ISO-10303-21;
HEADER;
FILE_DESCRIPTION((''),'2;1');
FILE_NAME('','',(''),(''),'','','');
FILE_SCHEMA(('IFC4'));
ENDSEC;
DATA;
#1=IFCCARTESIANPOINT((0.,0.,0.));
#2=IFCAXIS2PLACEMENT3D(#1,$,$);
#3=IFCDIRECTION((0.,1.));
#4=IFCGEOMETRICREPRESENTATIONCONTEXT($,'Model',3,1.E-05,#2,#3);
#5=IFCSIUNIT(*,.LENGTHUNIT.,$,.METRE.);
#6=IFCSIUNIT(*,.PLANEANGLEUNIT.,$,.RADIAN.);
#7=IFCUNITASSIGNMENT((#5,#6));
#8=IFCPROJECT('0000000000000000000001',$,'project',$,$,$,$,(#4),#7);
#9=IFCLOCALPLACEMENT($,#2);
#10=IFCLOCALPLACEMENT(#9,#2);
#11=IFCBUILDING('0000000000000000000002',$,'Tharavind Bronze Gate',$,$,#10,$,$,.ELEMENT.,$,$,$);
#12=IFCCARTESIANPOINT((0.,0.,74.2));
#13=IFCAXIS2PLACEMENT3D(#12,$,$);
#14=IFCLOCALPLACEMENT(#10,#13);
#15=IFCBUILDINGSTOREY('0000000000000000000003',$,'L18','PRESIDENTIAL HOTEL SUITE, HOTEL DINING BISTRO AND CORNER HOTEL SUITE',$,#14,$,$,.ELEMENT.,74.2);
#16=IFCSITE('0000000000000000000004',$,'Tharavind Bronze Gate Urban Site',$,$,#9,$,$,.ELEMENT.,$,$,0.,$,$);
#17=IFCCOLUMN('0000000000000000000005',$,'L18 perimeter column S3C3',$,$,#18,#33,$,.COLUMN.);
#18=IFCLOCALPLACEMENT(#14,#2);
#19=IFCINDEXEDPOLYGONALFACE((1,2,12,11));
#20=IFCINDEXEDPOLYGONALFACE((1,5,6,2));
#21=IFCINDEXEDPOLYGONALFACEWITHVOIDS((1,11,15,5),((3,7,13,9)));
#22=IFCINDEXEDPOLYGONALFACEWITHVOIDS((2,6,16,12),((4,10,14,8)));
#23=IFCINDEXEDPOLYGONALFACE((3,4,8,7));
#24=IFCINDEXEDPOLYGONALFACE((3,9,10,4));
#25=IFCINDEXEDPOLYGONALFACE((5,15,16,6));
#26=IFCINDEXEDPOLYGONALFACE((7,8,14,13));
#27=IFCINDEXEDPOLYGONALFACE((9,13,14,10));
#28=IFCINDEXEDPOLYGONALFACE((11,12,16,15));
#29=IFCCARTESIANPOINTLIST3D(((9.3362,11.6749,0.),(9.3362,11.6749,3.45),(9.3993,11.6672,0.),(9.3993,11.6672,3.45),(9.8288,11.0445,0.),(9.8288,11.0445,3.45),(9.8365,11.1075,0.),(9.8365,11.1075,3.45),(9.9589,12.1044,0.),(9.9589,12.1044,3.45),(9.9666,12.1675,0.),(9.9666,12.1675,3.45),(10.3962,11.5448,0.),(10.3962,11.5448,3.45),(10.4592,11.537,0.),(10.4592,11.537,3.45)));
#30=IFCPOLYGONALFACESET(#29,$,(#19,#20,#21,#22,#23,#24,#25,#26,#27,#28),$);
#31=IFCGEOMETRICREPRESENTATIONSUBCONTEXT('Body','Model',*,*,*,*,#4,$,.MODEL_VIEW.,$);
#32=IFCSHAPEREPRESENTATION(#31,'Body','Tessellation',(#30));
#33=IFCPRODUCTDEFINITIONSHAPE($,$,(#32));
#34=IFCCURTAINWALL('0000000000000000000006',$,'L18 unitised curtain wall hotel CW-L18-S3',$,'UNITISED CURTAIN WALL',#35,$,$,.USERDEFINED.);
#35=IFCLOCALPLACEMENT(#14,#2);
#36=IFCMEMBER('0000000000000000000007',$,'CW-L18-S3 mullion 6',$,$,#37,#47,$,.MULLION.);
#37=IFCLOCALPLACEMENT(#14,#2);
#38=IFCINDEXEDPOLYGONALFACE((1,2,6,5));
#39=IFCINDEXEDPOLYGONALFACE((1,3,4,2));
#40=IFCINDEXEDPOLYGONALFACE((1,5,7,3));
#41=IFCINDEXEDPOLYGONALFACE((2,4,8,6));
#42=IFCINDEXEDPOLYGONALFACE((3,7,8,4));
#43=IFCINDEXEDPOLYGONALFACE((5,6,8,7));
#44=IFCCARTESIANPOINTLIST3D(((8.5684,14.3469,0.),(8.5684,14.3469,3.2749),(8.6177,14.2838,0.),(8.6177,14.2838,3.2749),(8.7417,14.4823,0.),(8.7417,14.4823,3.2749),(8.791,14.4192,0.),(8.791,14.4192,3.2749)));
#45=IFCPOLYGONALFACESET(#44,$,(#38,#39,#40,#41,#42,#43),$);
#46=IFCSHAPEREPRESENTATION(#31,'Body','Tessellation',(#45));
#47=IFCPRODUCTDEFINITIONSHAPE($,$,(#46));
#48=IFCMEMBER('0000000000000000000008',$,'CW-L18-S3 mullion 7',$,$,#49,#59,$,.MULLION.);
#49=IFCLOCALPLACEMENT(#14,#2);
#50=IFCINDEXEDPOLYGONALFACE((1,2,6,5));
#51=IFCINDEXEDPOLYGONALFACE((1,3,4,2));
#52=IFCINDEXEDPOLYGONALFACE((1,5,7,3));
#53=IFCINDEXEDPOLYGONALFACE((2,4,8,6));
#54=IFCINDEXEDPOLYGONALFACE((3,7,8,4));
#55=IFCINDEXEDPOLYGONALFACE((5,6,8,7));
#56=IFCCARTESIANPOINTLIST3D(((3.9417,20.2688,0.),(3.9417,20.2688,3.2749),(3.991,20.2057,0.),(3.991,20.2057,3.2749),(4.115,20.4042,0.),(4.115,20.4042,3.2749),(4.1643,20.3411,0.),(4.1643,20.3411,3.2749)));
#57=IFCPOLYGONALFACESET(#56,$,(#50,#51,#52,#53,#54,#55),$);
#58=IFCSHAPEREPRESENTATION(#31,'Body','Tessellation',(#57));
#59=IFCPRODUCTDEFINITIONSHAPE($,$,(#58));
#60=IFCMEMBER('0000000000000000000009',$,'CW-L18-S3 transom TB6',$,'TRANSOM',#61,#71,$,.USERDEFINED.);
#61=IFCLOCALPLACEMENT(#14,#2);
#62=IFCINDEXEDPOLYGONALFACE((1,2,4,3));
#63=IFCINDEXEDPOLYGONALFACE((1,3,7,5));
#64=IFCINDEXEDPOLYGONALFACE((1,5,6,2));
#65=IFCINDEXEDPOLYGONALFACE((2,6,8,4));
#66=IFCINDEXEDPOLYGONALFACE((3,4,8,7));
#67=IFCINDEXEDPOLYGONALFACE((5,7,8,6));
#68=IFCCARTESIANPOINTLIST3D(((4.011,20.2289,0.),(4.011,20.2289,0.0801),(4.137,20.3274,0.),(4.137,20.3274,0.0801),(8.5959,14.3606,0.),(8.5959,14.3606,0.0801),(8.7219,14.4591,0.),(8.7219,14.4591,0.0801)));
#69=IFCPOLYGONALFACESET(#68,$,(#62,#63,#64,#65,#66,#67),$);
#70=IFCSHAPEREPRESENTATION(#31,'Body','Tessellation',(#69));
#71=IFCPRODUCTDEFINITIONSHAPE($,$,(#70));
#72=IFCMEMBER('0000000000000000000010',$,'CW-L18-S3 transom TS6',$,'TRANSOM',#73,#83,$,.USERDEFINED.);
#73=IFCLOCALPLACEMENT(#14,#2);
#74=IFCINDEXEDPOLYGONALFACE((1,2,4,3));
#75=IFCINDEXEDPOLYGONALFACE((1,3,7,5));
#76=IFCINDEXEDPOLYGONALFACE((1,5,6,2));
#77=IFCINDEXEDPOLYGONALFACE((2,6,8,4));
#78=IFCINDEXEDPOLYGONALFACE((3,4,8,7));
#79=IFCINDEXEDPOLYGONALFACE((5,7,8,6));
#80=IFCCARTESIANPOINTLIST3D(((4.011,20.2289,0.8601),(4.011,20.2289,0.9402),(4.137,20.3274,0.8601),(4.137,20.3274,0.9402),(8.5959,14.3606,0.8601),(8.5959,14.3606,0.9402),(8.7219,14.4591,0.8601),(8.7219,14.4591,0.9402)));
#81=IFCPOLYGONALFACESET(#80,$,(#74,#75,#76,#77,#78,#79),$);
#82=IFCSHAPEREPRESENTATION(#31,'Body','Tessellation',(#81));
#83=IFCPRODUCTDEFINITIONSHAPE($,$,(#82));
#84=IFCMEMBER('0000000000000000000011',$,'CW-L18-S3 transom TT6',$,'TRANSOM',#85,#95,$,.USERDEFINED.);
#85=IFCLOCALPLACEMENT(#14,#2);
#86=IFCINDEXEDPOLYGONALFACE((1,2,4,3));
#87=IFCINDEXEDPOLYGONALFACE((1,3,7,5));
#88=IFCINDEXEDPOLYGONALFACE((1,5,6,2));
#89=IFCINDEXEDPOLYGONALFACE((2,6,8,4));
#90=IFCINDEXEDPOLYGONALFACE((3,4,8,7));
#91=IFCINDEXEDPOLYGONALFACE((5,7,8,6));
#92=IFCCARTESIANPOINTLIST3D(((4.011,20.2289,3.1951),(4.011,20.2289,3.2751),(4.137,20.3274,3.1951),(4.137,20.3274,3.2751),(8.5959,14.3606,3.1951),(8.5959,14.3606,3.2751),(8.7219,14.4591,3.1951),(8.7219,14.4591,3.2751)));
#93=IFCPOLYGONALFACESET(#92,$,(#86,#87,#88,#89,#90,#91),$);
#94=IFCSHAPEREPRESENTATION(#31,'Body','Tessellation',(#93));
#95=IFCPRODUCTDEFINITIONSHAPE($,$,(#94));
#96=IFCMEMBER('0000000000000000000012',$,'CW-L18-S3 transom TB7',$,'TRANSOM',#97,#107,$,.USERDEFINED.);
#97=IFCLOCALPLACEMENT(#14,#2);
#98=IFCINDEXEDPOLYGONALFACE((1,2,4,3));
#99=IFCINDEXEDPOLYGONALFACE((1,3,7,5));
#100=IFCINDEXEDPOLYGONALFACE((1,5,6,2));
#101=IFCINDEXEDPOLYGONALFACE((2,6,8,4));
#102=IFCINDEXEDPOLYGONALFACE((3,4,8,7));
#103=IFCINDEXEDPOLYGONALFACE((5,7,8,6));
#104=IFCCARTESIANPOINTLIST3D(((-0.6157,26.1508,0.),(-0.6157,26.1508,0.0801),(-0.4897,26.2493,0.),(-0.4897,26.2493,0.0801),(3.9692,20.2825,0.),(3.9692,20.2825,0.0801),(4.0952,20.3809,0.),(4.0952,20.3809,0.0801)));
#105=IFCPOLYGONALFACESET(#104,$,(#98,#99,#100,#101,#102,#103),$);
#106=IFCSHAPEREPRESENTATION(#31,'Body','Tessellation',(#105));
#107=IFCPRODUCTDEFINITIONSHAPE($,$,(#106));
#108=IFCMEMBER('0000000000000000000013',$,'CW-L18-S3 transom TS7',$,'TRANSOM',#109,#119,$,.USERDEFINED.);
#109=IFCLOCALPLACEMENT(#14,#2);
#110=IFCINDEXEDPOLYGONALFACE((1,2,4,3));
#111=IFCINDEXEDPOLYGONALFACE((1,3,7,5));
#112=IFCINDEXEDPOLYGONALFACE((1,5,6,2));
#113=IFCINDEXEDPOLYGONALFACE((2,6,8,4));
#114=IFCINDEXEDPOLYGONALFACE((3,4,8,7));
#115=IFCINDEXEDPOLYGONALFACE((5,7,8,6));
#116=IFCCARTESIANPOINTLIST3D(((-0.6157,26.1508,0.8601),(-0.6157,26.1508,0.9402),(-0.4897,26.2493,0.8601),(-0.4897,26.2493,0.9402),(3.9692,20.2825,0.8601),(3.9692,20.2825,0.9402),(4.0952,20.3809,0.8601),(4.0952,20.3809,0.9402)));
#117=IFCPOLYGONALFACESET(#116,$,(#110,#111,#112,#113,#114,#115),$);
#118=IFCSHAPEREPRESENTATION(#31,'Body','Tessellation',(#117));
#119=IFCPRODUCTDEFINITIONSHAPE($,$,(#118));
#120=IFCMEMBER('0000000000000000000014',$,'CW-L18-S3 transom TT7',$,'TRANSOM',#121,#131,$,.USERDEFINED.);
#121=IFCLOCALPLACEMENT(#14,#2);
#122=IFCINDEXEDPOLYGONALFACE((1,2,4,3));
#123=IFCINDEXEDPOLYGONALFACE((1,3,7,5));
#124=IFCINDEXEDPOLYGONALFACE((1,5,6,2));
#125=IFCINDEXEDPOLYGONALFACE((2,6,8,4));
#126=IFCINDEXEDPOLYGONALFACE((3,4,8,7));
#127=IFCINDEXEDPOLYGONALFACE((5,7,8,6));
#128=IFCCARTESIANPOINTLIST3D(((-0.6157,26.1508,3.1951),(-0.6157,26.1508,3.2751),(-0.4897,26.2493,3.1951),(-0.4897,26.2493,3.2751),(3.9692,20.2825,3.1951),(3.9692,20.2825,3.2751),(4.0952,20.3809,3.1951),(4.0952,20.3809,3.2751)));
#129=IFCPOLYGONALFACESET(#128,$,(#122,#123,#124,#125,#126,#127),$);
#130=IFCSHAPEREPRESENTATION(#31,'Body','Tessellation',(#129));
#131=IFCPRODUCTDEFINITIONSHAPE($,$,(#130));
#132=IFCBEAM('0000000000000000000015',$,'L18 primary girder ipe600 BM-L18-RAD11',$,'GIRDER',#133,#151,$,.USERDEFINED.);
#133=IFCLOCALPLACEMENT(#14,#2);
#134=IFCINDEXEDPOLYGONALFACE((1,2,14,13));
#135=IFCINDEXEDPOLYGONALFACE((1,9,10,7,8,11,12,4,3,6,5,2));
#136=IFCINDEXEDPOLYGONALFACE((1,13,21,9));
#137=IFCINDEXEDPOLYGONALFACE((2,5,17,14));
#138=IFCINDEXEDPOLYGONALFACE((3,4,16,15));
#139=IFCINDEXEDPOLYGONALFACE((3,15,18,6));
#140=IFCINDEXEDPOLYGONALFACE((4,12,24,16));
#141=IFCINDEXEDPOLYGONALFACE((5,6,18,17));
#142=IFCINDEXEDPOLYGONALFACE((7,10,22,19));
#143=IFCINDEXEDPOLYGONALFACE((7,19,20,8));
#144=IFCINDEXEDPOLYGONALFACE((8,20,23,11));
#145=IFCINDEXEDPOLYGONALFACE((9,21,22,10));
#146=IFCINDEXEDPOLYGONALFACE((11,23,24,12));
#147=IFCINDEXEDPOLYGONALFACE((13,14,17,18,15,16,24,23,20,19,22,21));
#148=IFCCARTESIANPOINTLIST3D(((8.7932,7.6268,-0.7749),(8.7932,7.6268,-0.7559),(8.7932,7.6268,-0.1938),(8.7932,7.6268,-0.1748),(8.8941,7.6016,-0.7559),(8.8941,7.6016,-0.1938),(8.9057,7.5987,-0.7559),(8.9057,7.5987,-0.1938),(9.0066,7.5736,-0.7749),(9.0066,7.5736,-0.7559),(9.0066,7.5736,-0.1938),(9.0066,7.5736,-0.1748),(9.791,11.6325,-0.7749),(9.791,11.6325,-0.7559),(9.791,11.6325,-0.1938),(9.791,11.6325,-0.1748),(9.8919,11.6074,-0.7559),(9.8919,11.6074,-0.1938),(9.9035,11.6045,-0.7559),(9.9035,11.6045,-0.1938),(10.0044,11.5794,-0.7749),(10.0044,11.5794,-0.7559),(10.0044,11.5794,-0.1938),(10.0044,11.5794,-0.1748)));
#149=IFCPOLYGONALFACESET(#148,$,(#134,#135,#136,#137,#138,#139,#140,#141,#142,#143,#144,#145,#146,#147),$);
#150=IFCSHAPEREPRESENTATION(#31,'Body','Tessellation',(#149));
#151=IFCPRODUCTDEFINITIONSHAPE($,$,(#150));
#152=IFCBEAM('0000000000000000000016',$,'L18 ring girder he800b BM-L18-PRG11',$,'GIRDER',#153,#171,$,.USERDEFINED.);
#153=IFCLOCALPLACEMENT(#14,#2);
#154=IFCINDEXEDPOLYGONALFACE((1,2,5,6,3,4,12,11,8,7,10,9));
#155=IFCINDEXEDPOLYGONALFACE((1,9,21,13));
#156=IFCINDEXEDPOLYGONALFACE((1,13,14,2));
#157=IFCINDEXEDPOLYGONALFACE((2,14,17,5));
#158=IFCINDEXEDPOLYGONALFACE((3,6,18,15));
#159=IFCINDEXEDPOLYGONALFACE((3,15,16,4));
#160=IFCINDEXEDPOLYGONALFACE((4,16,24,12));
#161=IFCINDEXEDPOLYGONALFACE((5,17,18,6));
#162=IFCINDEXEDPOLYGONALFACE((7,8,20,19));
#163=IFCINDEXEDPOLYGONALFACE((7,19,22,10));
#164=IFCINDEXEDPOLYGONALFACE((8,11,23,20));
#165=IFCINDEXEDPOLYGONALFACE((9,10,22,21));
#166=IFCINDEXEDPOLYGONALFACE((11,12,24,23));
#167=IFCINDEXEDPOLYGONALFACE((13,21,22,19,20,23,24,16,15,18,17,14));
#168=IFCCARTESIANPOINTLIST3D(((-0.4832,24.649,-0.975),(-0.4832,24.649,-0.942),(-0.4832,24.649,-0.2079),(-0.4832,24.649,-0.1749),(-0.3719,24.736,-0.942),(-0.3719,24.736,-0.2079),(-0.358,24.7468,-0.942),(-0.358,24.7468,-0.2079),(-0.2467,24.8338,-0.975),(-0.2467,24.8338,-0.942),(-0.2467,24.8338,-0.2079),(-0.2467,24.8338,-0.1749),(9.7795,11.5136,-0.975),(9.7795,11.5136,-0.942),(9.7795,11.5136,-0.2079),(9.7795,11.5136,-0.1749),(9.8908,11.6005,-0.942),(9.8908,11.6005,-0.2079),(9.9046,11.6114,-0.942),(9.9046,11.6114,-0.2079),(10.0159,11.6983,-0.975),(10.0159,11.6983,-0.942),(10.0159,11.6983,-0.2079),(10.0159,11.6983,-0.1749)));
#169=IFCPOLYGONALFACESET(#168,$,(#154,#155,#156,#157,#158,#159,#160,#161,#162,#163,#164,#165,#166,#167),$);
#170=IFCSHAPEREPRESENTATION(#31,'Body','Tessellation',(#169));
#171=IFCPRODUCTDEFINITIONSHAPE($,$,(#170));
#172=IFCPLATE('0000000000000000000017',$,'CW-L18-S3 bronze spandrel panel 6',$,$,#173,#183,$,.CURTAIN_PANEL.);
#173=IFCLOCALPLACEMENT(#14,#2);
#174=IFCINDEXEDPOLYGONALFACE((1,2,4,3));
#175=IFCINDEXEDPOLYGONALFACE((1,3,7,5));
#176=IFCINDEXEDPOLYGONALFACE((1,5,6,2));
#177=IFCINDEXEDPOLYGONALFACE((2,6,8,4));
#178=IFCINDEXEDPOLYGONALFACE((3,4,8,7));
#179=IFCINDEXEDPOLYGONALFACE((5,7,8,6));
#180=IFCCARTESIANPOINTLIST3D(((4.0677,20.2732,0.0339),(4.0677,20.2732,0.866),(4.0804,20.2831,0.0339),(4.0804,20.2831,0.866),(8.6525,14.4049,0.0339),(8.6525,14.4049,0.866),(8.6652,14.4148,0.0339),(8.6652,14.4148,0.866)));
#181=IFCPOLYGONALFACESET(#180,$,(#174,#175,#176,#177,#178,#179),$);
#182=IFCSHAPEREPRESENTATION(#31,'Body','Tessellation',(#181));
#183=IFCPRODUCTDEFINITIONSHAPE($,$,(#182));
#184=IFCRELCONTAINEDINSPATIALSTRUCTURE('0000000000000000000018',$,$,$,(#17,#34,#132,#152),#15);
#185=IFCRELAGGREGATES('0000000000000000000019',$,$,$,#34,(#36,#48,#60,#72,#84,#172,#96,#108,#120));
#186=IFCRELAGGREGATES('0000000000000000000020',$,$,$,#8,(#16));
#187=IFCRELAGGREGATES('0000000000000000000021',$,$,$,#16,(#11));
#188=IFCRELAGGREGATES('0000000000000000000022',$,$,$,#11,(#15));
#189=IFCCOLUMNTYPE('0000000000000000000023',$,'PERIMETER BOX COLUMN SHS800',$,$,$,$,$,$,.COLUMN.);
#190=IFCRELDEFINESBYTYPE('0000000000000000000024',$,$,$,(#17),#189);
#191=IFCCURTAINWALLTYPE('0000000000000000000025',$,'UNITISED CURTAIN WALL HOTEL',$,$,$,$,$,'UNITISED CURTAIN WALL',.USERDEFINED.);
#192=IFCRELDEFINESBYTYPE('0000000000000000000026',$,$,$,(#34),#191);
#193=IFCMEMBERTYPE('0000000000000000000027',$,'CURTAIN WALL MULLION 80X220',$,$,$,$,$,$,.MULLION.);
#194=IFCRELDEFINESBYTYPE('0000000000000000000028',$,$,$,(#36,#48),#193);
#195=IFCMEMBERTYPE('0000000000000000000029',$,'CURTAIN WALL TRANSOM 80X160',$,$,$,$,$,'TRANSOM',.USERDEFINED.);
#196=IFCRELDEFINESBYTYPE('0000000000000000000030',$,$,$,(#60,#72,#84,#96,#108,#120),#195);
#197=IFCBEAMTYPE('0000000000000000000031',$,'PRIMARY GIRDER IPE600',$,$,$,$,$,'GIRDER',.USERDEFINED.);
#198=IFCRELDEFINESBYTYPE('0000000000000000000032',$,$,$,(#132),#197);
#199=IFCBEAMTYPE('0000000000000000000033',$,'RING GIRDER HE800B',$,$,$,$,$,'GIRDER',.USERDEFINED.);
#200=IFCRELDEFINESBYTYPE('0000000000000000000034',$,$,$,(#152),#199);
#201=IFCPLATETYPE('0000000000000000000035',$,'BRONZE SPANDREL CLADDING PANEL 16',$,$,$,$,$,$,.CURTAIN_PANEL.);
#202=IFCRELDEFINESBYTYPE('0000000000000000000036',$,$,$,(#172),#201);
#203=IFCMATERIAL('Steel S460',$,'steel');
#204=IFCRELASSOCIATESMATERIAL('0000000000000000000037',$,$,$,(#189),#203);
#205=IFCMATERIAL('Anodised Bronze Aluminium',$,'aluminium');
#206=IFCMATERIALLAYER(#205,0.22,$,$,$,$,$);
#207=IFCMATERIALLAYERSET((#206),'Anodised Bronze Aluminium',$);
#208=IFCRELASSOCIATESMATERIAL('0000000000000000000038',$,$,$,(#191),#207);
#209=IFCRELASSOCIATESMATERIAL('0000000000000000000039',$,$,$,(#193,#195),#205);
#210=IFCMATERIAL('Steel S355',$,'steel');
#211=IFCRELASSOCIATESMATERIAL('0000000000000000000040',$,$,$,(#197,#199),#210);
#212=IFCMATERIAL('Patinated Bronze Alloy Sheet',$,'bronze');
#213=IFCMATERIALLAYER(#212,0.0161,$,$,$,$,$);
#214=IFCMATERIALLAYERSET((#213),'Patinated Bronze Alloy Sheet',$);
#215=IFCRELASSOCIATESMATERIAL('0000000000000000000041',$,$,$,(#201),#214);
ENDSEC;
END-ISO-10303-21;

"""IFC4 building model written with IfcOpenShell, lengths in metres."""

from ifc_helpers import new_model, si_unit, direction, frame, origin, origin_2d, place, context, subcontext, project, spatial, rectangle, hollow_rectangle, i_section, extrude, material, layer, layer_set, material_profile, profile_set, type_object, element, aggregate, save


model = new_model("IFC4")

# Units and contexts
model_context = context("Model", 3, precision=1e-05, world=origin(), true_north=direction((0.0, 1.0)))
body_context = subcontext(model_context, "Body", "Model", "MODEL_VIEW")
ifc_project = project(units=[si_unit("LENGTHUNIT", "METRE"), si_unit("PLANEANGLEUNIT", "RADIAN")], contexts=[model_context])

# Site, building, storey
site_placement = place(None, origin())
site = spatial("IfcSite", under=ifc_project, at=site_placement, Name="Tharavind Bronze Gate Urban Site", CompositionType="ELEMENT", RefElevation=0.0)
building_placement = place(site_placement, origin())
building = spatial("IfcBuilding", under=site, at=building_placement, Name="Tharavind Bronze Gate", CompositionType="ELEMENT")
storey_placement = place(building_placement, frame((0.0, 0.0, 74.2)))
storey = spatial("IfcBuildingStorey", under=building, at=storey_placement, Name="L18", Description="PRESIDENTIAL HOTEL SUITE, HOTEL DINING BISTRO AND CORNER HOTEL SUITE", CompositionType="ELEMENT", Elevation=74.2)

# Column
ifc_material_1 = material(Name="Steel S460", Category="steel")
ifc_material_profile_1 = material_profile(ifc_material_1, hollow_rectangle(XDim=0.8, YDim=0.8, WallThickness=0.0449, at=origin_2d()), Name="SHS800X45")
ifc_profile_set_1 = profile_set([ifc_material_profile_1], Name="Steel S460")
column_type = type_object("IfcColumnType", Name="PERIMETER BOX COLUMN SHS800", PredefinedType="COLUMN", material=ifc_profile_set_1)
column_placement = place(storey_placement, frame((9.8977, 11.606, 0.0), z_axis=(0.0, 0.0, 1.0), x_axis=(-0.615661, 0.788011, 0.0)))
element("IfcColumn", 1, at=column_placement, inside=storey, type_object=column_type, Name="L18 perimeter column S3C3", PredefinedType="COLUMN", context=body_context, shape_type="SweptSolid", body=[
    extrude(hollow_rectangle(XDim=0.8, YDim=0.8, WallThickness=0.0449, at=origin_2d()), origin(), (0.0, 0.0, 1.0), 3.45),
])

# Curtain wall, members
ifc_material_2 = material(Name="Anodised Bronze Aluminium", Category="aluminium")
ifc_layer_1 = layer(ifc_material_2, 0.22)
ifc_layer_set_1 = layer_set([ifc_layer_1], Name="Anodised Bronze Aluminium")
curtain_wall_type = type_object("IfcCurtainWallType", Name="UNITISED CURTAIN WALL HOTEL", ElementType="UNITISED CURTAIN WALL", PredefinedType="USERDEFINED", material=ifc_layer_set_1)
curtain_wall_placement = place(storey_placement, origin())
curtain_wall = element("IfcCurtainWall", 2, at=curtain_wall_placement, inside=storey, type_object=curtain_wall_type, Name="L18 unitised curtain wall hotel CW-L18-S3", ObjectType="UNITISED CURTAIN WALL", PredefinedType="USERDEFINED")
member_type_1 = type_object("IfcMemberType", Name="CURTAIN WALL MULLION 80X220", PredefinedType="MULLION", material=ifc_material_2)
member_1_placement = place(storey_placement, frame((8.6797, 14.3831, 0.0), z_axis=(0.0, 0.0, 1.0), x_axis=(-0.615661, 0.788011, 0.0)))
member_1 = element("IfcMember", 3, at=member_1_placement, type_object=member_type_1, Name="CW-L18-S3 mullion 6", PredefinedType="MULLION", context=body_context, shape_type="SweptSolid", body=[
    extrude(rectangle(XDim=0.0801, YDim=0.22, at=origin_2d()), origin(), (0.0, 0.0, 1.0), 3.2749),
])
member_2_placement = place(storey_placement, frame((4.053, 20.3049, 0.0), z_axis=(0.0, 0.0, 1.0), x_axis=(-0.615661, 0.788011, 0.0)))
member_2 = element("IfcMember", 4, at=member_2_placement, type_object=member_type_1, Name="CW-L18-S3 mullion 7", PredefinedType="MULLION", context=body_context, shape_type="SweptSolid", body=[
    extrude(rectangle(XDim=0.0801, YDim=0.22, at=origin_2d()), origin(), (0.0, 0.0, 1.0), 3.2749),
])
member_type_2 = type_object("IfcMemberType", Name="CURTAIN WALL TRANSOM 80X160", ElementType="TRANSOM", PredefinedType="USERDEFINED", material=ifc_material_2)
member_3_placement = place(storey_placement, frame((6.3665, 17.344, 0.0), z_axis=(0.0, 0.0, 1.0), x_axis=(-0.615661, 0.788011, 0.0)))
member_3 = element("IfcMember", 5, at=member_3_placement, type_object=member_type_2, Name="CW-L18-S3 transom TB6", ObjectType="TRANSOM", PredefinedType="USERDEFINED", context=body_context, shape_type="SweptSolid", body=[
    extrude(rectangle(XDim=7.447, YDim=0.1599, at=origin_2d()), origin(), (0.0, 0.0, 1.0), 0.0801),
])
member_4_placement = place(storey_placement, frame((6.3665, 17.344, 0.8601), z_axis=(0.0, 0.0, 1.0), x_axis=(-0.615661, 0.788011, 0.0)))
member_4 = element("IfcMember", 6, at=member_4_placement, type_object=member_type_2, Name="CW-L18-S3 transom TS6", ObjectType="TRANSOM", PredefinedType="USERDEFINED", context=body_context, shape_type="SweptSolid", body=[
    extrude(rectangle(XDim=7.447, YDim=0.1599, at=origin_2d()), origin(), (0.0, 0.0, 1.0), 0.0801),
])
member_5_placement = place(storey_placement, frame((6.3665, 17.344, 3.1951), z_axis=(0.0, 0.0, 1.0), x_axis=(-0.615661, 0.788011, 0.0)))
member_5 = element("IfcMember", 7, at=member_5_placement, type_object=member_type_2, Name="CW-L18-S3 transom TT6", ObjectType="TRANSOM", PredefinedType="USERDEFINED", context=body_context, shape_type="SweptSolid", body=[
    extrude(rectangle(XDim=7.447, YDim=0.1599, at=origin_2d()), origin(), (0.0, 0.0, 1.0), 0.0801),
])
member_6_placement = place(storey_placement, frame((1.7397, 23.2659, 0.0), z_axis=(0.0, 0.0, 1.0), x_axis=(-0.615661, 0.788011, 0.0)))
member_6 = element("IfcMember", 8, at=member_6_placement, type_object=member_type_2, Name="CW-L18-S3 transom TB7", ObjectType="TRANSOM", PredefinedType="USERDEFINED", context=body_context, shape_type="SweptSolid", body=[
    extrude(rectangle(XDim=7.447, YDim=0.1599, at=origin_2d()), origin(), (0.0, 0.0, 1.0), 0.0801),
])
member_7_placement = place(storey_placement, frame((1.7397, 23.2659, 0.8601), z_axis=(0.0, 0.0, 1.0), x_axis=(-0.615661, 0.788011, 0.0)))
member_7 = element("IfcMember", 9, at=member_7_placement, type_object=member_type_2, Name="CW-L18-S3 transom TS7", ObjectType="TRANSOM", PredefinedType="USERDEFINED", context=body_context, shape_type="SweptSolid", body=[
    extrude(rectangle(XDim=7.447, YDim=0.1599, at=origin_2d()), origin(), (0.0, 0.0, 1.0), 0.0801),
])
member_8_placement = place(storey_placement, frame((1.7397, 23.2659, 3.1951), z_axis=(0.0, 0.0, 1.0), x_axis=(-0.615661, 0.788011, 0.0)))
member_8 = element("IfcMember", 10, at=member_8_placement, type_object=member_type_2, Name="CW-L18-S3 transom TT7", ObjectType="TRANSOM", PredefinedType="USERDEFINED", context=body_context, shape_type="SweptSolid", body=[
    extrude(rectangle(XDim=7.447, YDim=0.1599, at=origin_2d()), origin(), (0.0, 0.0, 1.0), 0.0801),
])

# Beams
ifc_material_3 = material(Name="Steel S355", Category="steel")
ifc_material_profile_2 = material_profile(ifc_material_3, i_section(OverallWidth=0.22, OverallDepth=0.6001, WebThickness=0.012, FlangeThickness=0.019, at=origin_2d()), Name="IPE600")
ifc_profile_set_2 = profile_set([ifc_material_profile_2], Name="Steel S355")
beam_type_1 = type_object("IfcBeamType", Name="PRIMARY GIRDER IPE600", ElementType="GIRDER", PredefinedType="USERDEFINED", material=ifc_profile_set_2)
beam_1_placement = place(storey_placement, frame((9.8977, 11.606, -0.4749), z_axis=(-0.241701, -0.970351, 0.0), x_axis=(0.970351, -0.241701, 0.0)))
element("IfcBeam", 11, at=beam_1_placement, inside=storey, type_object=beam_type_1, Name="L18 primary girder ipe600 BM-L18-RAD11", ObjectType="GIRDER", PredefinedType="USERDEFINED", context=body_context, shape_type="SweptSolid", body=[
    extrude(i_section(OverallWidth=0.22, OverallDepth=0.6001, WebThickness=0.012, FlangeThickness=0.019, at=origin_2d()), origin(), (0.0, 0.0, 1.0), 4.1282),
])
ifc_material_profile_3 = material_profile(ifc_material_3, i_section(OverallWidth=0.3, OverallDepth=0.8, WebThickness=0.0176, FlangeThickness=0.033, at=origin_2d()), Name="HE800B")
ifc_profile_set_3 = profile_set([ifc_material_profile_3], Name="Steel S355")
beam_type_2 = type_object("IfcBeamType", Name="RING GIRDER HE800B", ElementType="GIRDER", PredefinedType="USERDEFINED", material=ifc_profile_set_3)
beam_2_placement = place(storey_placement, frame((9.8977, 11.606, -0.575), z_axis=(-0.615666, 0.788007, 0.0), x_axis=(-0.788007, -0.615666, 0.0)))
element("IfcBeam", 12, at=beam_2_placement, inside=storey, type_object=beam_type_2, Name="L18 ring girder he800b BM-L18-PRG11", ObjectType="GIRDER", PredefinedType="USERDEFINED", context=body_context, shape_type="SweptSolid", body=[
    extrude(i_section(OverallWidth=0.3, OverallDepth=0.8, WebThickness=0.0176, FlangeThickness=0.033, at=origin_2d()), origin(), (0.0, 0.0, 1.0), 16.6692),
])

# Plate
ifc_material_4 = material(Name="Patinated Bronze Alloy Sheet", Category="bronze")
ifc_layer_2 = layer(ifc_material_4, 0.0161)
ifc_layer_set_2 = layer_set([ifc_layer_2], Name="Patinated Bronze Alloy Sheet")
plate_type_1 = type_object("IfcPlateType", Name="BRONZE SPANDREL CLADDING PANEL 16", PredefinedType="CURTAIN_PANEL", material=ifc_layer_set_2)
plate_1_placement = place(storey_placement, frame((6.3665, 17.344, 0.0339), z_axis=(0.0, 0.0, 1.0), x_axis=(-0.615661, 0.788011, 0.0)))
plate_1 = element("IfcPlate", 13, at=plate_1_placement, type_object=plate_type_1, Name="CW-L18-S3 bronze spandrel panel 6", PredefinedType="CURTAIN_PANEL", context=body_context, shape_type="SweptSolid", body=[
    extrude(rectangle(XDim=7.447, YDim=0.0161, at=origin_2d()), origin(), (0.0, 0.0, 1.0), 0.832),
])
aggregate(curtain_wall, [member_1, member_2, member_3, member_4, member_5, plate_1, member_6, member_7, member_8])

save(model, "model.ifc")
